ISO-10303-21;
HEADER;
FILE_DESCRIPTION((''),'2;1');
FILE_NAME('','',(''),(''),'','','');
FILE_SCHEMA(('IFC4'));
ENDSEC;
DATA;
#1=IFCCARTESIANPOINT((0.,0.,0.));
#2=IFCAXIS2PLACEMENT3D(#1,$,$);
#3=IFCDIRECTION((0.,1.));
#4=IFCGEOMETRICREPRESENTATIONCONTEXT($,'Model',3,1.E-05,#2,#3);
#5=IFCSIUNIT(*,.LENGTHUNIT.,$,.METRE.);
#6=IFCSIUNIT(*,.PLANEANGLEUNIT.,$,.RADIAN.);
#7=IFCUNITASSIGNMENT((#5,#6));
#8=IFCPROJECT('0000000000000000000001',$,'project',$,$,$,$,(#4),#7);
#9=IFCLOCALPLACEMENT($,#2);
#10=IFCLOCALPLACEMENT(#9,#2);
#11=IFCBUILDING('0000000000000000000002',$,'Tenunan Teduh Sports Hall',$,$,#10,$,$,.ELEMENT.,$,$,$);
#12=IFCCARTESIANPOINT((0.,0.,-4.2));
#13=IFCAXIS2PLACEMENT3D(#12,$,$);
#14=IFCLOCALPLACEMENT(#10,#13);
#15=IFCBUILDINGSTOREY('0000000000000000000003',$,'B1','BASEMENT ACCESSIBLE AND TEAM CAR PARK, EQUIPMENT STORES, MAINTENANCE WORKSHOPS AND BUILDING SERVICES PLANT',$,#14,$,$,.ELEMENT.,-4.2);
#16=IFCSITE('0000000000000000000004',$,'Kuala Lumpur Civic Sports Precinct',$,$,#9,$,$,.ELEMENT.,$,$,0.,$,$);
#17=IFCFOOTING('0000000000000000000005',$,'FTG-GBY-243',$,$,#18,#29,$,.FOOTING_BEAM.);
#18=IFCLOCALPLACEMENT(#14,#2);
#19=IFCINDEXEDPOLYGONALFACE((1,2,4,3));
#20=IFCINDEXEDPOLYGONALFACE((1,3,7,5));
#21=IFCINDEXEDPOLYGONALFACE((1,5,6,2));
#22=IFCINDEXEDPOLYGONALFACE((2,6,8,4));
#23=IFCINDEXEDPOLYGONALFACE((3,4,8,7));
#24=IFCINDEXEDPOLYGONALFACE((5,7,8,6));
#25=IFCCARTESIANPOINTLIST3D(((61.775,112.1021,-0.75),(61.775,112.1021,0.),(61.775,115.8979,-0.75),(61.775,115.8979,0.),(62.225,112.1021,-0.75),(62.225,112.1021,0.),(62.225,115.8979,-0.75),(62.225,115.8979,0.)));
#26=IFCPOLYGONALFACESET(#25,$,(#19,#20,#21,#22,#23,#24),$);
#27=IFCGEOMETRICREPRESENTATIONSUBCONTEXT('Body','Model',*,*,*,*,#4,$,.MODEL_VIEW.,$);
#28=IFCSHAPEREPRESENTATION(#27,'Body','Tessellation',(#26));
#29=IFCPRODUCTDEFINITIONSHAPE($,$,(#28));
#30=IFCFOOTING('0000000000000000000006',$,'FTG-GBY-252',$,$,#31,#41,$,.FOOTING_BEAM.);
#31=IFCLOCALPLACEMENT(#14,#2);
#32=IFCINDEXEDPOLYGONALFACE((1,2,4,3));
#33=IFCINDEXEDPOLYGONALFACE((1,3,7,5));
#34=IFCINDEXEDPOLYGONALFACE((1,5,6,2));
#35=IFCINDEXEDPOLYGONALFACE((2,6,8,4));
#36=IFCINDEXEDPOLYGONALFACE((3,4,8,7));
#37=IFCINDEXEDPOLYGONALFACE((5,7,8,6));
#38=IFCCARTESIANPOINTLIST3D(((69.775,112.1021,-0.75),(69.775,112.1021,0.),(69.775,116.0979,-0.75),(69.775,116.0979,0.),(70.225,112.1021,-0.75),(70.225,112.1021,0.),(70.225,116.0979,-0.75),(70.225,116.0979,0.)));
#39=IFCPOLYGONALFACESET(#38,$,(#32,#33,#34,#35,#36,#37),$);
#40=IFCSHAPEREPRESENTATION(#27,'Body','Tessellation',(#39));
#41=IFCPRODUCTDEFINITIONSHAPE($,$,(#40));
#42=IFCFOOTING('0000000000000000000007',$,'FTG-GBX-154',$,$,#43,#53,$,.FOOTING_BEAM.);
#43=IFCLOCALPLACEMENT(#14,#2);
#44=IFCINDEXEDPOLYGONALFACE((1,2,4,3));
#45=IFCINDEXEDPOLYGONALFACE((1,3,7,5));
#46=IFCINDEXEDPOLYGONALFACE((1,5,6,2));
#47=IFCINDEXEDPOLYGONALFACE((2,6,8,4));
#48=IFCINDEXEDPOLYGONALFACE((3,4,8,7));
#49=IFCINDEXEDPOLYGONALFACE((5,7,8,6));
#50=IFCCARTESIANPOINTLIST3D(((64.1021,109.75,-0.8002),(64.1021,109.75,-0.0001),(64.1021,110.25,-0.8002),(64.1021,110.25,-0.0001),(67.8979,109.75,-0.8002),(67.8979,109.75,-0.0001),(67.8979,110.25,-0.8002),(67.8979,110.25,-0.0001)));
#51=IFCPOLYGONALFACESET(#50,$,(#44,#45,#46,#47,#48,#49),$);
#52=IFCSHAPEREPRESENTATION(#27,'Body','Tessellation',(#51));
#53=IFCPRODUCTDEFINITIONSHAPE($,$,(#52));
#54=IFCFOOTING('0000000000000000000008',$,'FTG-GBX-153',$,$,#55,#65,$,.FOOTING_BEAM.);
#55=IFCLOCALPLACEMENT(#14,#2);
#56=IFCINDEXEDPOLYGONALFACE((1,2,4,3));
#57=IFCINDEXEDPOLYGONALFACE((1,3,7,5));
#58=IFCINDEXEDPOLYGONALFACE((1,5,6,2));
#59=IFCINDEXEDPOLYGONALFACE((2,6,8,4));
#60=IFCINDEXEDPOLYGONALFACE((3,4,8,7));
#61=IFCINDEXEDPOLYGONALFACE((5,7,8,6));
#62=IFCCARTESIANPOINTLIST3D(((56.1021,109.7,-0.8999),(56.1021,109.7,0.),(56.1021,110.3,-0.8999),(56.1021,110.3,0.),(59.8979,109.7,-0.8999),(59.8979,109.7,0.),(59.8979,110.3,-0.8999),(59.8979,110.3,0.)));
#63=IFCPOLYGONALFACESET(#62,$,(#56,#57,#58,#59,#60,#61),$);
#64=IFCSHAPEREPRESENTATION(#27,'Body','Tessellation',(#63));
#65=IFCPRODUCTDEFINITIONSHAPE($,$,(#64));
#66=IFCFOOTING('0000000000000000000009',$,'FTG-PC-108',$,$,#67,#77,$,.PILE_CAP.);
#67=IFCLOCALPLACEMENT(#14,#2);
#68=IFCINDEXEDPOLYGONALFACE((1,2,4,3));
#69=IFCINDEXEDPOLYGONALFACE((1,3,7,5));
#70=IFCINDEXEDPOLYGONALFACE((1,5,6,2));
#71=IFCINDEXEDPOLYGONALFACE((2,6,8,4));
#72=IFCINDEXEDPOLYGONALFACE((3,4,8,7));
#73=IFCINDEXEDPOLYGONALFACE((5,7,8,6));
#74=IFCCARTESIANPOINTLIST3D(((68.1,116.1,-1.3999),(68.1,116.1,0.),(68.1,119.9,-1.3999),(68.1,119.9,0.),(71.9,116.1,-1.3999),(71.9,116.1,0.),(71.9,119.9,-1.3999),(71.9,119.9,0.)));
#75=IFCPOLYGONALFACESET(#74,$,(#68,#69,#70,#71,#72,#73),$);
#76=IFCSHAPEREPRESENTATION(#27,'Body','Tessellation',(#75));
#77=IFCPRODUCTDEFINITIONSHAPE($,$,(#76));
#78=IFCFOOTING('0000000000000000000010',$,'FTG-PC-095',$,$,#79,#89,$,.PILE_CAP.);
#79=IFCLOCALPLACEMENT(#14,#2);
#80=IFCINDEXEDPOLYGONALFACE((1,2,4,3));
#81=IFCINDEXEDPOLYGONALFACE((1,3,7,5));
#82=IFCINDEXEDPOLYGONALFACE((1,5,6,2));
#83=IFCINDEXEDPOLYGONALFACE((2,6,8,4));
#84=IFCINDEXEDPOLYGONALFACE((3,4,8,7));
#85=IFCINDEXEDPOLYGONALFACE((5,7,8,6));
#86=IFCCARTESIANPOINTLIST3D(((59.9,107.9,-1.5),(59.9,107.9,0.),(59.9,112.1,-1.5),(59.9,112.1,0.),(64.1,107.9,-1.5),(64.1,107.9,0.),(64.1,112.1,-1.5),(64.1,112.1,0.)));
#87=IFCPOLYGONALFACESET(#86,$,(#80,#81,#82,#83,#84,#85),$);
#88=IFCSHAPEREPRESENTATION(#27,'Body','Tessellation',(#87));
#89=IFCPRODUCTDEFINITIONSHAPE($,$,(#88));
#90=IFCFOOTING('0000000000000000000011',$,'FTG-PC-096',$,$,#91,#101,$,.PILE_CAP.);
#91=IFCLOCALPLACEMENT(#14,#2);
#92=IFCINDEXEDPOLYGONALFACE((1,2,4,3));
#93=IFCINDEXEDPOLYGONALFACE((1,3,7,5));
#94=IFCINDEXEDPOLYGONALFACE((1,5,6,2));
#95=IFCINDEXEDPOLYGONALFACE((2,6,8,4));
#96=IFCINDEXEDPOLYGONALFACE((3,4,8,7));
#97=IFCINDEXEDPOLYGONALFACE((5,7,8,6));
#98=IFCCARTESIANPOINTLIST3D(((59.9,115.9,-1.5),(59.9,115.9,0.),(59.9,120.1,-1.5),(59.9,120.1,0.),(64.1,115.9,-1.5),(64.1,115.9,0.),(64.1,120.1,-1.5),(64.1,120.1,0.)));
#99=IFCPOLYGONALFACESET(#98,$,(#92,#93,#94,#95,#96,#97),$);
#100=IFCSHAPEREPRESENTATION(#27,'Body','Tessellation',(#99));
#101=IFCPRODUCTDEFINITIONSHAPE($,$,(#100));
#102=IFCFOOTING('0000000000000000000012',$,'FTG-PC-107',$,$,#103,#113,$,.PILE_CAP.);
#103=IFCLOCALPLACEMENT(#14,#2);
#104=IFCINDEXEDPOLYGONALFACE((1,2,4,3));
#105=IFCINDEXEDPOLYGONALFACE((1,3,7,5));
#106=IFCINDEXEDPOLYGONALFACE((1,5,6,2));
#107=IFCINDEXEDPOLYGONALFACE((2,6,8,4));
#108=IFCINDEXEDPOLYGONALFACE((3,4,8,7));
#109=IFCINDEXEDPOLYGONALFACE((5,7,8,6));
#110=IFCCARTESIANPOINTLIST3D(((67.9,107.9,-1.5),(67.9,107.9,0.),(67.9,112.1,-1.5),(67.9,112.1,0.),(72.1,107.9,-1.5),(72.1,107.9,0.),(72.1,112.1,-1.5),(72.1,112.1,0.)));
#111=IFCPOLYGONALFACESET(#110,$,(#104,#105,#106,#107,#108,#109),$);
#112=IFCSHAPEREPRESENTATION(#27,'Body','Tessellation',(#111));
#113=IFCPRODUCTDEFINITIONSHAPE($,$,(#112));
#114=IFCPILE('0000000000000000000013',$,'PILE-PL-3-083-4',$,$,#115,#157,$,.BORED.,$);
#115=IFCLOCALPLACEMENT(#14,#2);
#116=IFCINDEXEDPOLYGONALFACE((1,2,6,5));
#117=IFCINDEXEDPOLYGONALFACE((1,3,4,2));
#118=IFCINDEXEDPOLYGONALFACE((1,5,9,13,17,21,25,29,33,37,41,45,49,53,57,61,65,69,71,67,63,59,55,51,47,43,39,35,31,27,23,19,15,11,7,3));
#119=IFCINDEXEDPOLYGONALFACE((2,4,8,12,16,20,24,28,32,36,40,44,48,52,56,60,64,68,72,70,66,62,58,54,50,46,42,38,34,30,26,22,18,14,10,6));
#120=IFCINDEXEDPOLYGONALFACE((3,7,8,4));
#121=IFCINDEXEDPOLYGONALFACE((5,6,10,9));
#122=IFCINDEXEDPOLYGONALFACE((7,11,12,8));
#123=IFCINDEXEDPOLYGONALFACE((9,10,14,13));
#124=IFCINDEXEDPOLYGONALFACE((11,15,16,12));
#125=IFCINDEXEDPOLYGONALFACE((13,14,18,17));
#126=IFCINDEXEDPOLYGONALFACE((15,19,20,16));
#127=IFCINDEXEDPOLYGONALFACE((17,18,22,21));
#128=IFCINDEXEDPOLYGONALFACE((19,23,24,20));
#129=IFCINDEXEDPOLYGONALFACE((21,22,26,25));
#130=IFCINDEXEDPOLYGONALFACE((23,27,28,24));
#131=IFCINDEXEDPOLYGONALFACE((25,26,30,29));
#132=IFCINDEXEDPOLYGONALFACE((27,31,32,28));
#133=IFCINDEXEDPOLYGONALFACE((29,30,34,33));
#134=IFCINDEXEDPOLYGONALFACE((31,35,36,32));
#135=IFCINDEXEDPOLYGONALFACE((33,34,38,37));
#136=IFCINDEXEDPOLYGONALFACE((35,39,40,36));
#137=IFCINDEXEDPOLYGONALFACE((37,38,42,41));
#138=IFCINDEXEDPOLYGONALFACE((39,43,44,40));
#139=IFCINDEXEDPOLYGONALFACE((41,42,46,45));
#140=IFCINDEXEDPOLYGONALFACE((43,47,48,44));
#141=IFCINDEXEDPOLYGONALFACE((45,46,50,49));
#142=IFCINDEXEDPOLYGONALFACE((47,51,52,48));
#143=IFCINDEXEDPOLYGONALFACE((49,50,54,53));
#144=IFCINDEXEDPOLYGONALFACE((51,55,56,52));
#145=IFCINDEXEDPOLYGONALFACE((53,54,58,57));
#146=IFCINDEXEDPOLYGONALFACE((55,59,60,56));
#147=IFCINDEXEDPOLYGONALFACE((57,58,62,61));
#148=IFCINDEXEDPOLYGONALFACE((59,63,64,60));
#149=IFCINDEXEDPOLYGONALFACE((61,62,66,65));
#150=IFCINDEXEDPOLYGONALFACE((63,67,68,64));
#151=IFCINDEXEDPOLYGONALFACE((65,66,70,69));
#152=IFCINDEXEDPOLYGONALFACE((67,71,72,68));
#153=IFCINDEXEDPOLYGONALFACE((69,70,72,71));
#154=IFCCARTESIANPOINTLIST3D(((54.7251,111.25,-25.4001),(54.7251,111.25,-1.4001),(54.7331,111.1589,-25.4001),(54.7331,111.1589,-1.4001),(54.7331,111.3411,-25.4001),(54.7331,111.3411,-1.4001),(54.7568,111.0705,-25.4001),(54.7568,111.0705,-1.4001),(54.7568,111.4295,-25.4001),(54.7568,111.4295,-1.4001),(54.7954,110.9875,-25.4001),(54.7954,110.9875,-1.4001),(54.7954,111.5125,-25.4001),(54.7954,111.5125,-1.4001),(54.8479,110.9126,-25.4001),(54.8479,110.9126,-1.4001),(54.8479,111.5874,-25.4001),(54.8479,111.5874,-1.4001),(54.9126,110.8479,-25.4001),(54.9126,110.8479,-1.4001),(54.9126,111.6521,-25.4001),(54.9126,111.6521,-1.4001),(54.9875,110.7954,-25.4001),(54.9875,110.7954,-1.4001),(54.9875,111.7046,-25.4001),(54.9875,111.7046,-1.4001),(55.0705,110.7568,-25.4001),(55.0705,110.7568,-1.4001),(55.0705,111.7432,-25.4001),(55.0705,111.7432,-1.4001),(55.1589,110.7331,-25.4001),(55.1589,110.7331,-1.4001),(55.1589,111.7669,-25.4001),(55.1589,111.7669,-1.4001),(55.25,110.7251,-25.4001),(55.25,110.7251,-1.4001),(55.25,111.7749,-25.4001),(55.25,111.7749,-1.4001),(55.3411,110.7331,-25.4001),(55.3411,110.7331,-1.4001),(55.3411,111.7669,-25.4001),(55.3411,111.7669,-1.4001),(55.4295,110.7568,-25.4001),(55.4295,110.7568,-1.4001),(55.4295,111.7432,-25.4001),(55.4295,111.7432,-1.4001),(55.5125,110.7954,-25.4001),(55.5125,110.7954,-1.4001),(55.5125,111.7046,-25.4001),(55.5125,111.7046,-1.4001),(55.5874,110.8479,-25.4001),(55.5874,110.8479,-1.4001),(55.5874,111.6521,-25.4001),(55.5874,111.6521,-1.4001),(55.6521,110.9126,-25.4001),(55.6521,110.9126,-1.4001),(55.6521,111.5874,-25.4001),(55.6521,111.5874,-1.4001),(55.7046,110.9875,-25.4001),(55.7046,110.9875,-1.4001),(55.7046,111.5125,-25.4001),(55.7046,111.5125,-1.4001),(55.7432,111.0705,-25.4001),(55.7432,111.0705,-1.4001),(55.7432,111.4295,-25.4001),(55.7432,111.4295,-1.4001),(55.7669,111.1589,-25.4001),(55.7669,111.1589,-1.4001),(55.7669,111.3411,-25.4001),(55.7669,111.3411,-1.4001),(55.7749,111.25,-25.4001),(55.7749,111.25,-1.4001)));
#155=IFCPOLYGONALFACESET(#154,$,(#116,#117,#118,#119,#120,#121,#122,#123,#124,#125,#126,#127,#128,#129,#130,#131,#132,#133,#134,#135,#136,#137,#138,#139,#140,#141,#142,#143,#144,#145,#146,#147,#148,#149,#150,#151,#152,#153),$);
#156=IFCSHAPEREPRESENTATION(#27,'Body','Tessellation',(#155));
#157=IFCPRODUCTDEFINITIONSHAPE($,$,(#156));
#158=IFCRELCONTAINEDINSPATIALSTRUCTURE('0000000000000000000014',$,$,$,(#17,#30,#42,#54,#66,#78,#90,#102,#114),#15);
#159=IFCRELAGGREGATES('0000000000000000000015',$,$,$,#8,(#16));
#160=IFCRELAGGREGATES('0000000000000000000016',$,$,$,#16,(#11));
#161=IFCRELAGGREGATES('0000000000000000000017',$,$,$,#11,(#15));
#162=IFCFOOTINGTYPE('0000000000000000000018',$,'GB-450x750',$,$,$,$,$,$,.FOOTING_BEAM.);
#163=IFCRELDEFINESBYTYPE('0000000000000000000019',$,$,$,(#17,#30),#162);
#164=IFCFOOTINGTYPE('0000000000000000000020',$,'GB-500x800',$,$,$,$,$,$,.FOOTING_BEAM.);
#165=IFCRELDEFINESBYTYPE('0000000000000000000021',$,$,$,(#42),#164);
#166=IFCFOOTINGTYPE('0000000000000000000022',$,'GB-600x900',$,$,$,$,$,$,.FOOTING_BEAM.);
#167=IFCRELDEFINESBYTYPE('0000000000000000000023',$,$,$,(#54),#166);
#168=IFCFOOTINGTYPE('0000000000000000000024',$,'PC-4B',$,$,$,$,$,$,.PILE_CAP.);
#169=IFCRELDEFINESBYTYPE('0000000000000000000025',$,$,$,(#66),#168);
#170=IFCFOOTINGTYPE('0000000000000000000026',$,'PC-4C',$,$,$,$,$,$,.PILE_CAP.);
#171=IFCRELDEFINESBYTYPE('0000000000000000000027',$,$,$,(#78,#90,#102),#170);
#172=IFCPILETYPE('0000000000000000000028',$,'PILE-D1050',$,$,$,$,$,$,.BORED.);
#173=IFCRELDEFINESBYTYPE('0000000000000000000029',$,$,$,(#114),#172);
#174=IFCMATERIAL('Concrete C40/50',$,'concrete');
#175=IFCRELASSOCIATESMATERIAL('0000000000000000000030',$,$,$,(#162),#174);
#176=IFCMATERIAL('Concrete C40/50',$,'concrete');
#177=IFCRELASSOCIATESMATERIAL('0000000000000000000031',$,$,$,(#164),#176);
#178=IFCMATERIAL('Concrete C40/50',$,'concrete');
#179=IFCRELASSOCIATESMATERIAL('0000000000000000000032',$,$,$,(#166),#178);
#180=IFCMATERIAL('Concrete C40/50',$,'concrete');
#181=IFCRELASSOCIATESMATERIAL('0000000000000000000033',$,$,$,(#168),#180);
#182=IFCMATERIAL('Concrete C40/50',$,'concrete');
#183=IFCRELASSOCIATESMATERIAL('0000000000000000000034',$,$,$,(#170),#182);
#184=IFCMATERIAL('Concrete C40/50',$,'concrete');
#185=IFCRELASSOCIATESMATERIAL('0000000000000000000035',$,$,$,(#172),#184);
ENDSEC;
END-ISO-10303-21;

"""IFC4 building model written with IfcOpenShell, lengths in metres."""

from ifc_helpers import new_model, si_unit, direction, frame, origin, origin_2d, place, context, subcontext, project, spatial, rectangle, circle, extrude, material, material_profile, profile_set, type_object, element, save


model = new_model("IFC4")

# Units and contexts
model_context = context("Model", 3, precision=1e-05, world=origin(), true_north=direction((0.0, 1.0)))
body_context = subcontext(model_context, "Body", "Model", "MODEL_VIEW")
ifc_project = project(units=[si_unit("LENGTHUNIT", "METRE"), si_unit("PLANEANGLEUNIT", "RADIAN")], contexts=[model_context])

# Site, building, storey
site_placement = place(None, origin())
site = spatial("IfcSite", under=ifc_project, at=site_placement, Name="Kuala Lumpur Civic Sports Precinct", CompositionType="ELEMENT", RefElevation=0.0)
building_placement = place(site_placement, origin())
building = spatial("IfcBuilding", under=site, at=building_placement, Name="Tenunan Teduh Sports Hall", CompositionType="ELEMENT")
storey_placement = place(building_placement, frame((0.0, 0.0, -4.2)))
storey = spatial("IfcBuildingStorey", under=building, at=storey_placement, Name="B1", Description="BASEMENT ACCESSIBLE AND TEAM CAR PARK, EQUIPMENT STORES, MAINTENANCE WORKSHOPS AND BUILDING SERVICES PLANT", CompositionType="ELEMENT", Elevation=-4.2)

# Footings
ifc_material_1 = material(Name="Concrete C40/50", Category="concrete")
ifc_material_profile_1 = material_profile(ifc_material_1, rectangle(XDim=0.45, YDim=0.75, at=origin_2d()), Name="RCB 450x750")
ifc_profile_set_1 = profile_set([ifc_material_profile_1], Name="Concrete C40/50")
footing_type_1 = type_object("IfcFootingType", Name="GB-450x750", PredefinedType="FOOTING_BEAM", material=ifc_profile_set_1)
footing_1_placement = place(storey_placement, frame((62.0, 112.1021, -0.375), z_axis=(0.0, 1.0, 0.0), x_axis=(-1.0, 0.0, 0.0)))
element("IfcFooting", 1, at=footing_1_placement, inside=storey, type_object=footing_type_1, Name="FTG-GBY-243", PredefinedType="FOOTING_BEAM", context=body_context, shape_type="SweptSolid", body=[
    extrude(rectangle(XDim=0.45, YDim=0.75, at=origin_2d()), origin(), (0.0, 0.0, 1.0), 3.7959),
])
footing_2_placement = place(storey_placement, frame((70.0, 112.1021, -0.375), z_axis=(0.0, 1.0, 0.0), x_axis=(-1.0, 0.0, 0.0)))
element("IfcFooting", 2, at=footing_2_placement, inside=storey, type_object=footing_type_1, Name="FTG-GBY-252", PredefinedType="FOOTING_BEAM", context=body_context, shape_type="SweptSolid", body=[
    extrude(rectangle(XDim=0.45, YDim=0.75, at=origin_2d()), origin(), (0.0, 0.0, 1.0), 3.9958),
])
ifc_material_2 = material(Name="Concrete C40/50", Category="concrete")
ifc_material_profile_2 = material_profile(ifc_material_2, rectangle(XDim=0.5, YDim=0.8, at=origin_2d()), Name="RCB 500x800")
ifc_profile_set_2 = profile_set([ifc_material_profile_2], Name="Concrete C40/50")
footing_type_2 = type_object("IfcFootingType", Name="GB-500x800", PredefinedType="FOOTING_BEAM", material=ifc_profile_set_2)
footing_3_placement = place(storey_placement, frame((64.1021, 110.0, -0.4001), z_axis=(1.0, 0.0, 0.0), x_axis=(0.0, 1.0, 0.0)))
element("IfcFooting", 3, at=footing_3_placement, inside=storey, type_object=footing_type_2, Name="FTG-GBX-154", PredefinedType="FOOTING_BEAM", context=body_context, shape_type="SweptSolid", body=[
    extrude(rectangle(XDim=0.5, YDim=0.8, at=origin_2d()), origin(), (0.0, 0.0, 1.0), 3.7959),
])
ifc_material_3 = material(Name="Concrete C40/50", Category="concrete")
ifc_material_profile_3 = material_profile(ifc_material_3, rectangle(XDim=0.6001, YDim=0.8999, at=origin_2d()), Name="RCB 600x900")
ifc_profile_set_3 = profile_set([ifc_material_profile_3], Name="Concrete C40/50")
footing_type_3 = type_object("IfcFootingType", Name="GB-600x900", PredefinedType="FOOTING_BEAM", material=ifc_profile_set_3)
footing_4_placement = place(storey_placement, frame((56.1021, 110.0, -0.45), z_axis=(1.0, 0.0, 0.0), x_axis=(0.0, 1.0, 0.0)))
element("IfcFooting", 4, at=footing_4_placement, inside=storey, type_object=footing_type_3, Name="FTG-GBX-153", PredefinedType="FOOTING_BEAM", context=body_context, shape_type="SweptSolid", body=[
    extrude(rectangle(XDim=0.6001, YDim=0.8999, at=origin_2d()), origin(), (0.0, 0.0, 1.0), 3.7959),
])
ifc_material_4 = material(Name="Concrete C40/50", Category="concrete")
footing_type_4 = type_object("IfcFootingType", Name="PC-4B", PredefinedType="PILE_CAP", material=ifc_material_4)
footing_5_placement = place(storey_placement, frame((70.0, 118.0, -1.3999), z_axis=(0.0, 0.0, 1.0), x_axis=(1.0, 0.0, 0.0)))
element("IfcFooting", 5, at=footing_5_placement, inside=storey, type_object=footing_type_4, Name="FTG-PC-108", PredefinedType="PILE_CAP", context=body_context, shape_type="SweptSolid", body=[
    extrude(rectangle(XDim=3.8, YDim=3.8, at=origin_2d()), origin(), (0.0, 0.0, 1.0), 1.3999),
])
ifc_material_5 = material(Name="Concrete C40/50", Category="concrete")
footing_type_5 = type_object("IfcFootingType", Name="PC-4C", PredefinedType="PILE_CAP", material=ifc_material_5)
for number, where, z_axis, x_axis, name in (
    (6, (62.0, 110.0, -1.5), (0.0, 0.0, 1.0), (1.0, 0.0, 0.0), "FTG-PC-095"),
    (7, (62.0, 118.0, -1.5), (0.0, 0.0, 1.0), (1.0, 0.0, 0.0), "FTG-PC-096"),
    (8, (70.0, 110.0, -1.5), (0.0, 0.0, 1.0), (1.0, 0.0, 0.0), "FTG-PC-107"),
):
    element("IfcFooting", number, at=place(storey_placement, frame(where, z_axis=z_axis, x_axis=x_axis)), inside=storey, type_object=footing_type_5, Name=name, PredefinedType="PILE_CAP", context=body_context, shape_type="SweptSolid", body=[
        extrude(rectangle(XDim=4.2, YDim=4.2, at=origin_2d()), origin(), (0.0, 0.0, 1.0), 1.5),
    ])

# Pile
ifc_material_6 = material(Name="Concrete C40/50", Category="concrete")
ifc_material_profile_4 = material_profile(ifc_material_6, circle(Radius=0.5249, at=origin_2d()), Name="PILE D1050")
ifc_profile_set_4 = profile_set([ifc_material_profile_4], Name="Concrete C40/50")
pile_type_1 = type_object("IfcPileType", Name="PILE-D1050", PredefinedType="BORED", material=ifc_profile_set_4)
for number, where, z_axis, x_axis, name in (
    (9, (55.25, 111.25, -1.4001), (0.0, 0.0, -1.0), (1.0, 0.0, 0.0), "PILE-PL-3-083-4"),
):
    element("IfcPile", number, at=place(storey_placement, frame(where, z_axis=z_axis, x_axis=x_axis)), inside=storey, type_object=pile_type_1, Name=name, PredefinedType="BORED", context=body_context, shape_type="SweptSolid", body=[
        extrude(circle(Radius=0.5249, at=origin_2d()), origin(), (0.0, 0.0, 1.0), 24.0),
    ])

save(model, "model.ifc")
